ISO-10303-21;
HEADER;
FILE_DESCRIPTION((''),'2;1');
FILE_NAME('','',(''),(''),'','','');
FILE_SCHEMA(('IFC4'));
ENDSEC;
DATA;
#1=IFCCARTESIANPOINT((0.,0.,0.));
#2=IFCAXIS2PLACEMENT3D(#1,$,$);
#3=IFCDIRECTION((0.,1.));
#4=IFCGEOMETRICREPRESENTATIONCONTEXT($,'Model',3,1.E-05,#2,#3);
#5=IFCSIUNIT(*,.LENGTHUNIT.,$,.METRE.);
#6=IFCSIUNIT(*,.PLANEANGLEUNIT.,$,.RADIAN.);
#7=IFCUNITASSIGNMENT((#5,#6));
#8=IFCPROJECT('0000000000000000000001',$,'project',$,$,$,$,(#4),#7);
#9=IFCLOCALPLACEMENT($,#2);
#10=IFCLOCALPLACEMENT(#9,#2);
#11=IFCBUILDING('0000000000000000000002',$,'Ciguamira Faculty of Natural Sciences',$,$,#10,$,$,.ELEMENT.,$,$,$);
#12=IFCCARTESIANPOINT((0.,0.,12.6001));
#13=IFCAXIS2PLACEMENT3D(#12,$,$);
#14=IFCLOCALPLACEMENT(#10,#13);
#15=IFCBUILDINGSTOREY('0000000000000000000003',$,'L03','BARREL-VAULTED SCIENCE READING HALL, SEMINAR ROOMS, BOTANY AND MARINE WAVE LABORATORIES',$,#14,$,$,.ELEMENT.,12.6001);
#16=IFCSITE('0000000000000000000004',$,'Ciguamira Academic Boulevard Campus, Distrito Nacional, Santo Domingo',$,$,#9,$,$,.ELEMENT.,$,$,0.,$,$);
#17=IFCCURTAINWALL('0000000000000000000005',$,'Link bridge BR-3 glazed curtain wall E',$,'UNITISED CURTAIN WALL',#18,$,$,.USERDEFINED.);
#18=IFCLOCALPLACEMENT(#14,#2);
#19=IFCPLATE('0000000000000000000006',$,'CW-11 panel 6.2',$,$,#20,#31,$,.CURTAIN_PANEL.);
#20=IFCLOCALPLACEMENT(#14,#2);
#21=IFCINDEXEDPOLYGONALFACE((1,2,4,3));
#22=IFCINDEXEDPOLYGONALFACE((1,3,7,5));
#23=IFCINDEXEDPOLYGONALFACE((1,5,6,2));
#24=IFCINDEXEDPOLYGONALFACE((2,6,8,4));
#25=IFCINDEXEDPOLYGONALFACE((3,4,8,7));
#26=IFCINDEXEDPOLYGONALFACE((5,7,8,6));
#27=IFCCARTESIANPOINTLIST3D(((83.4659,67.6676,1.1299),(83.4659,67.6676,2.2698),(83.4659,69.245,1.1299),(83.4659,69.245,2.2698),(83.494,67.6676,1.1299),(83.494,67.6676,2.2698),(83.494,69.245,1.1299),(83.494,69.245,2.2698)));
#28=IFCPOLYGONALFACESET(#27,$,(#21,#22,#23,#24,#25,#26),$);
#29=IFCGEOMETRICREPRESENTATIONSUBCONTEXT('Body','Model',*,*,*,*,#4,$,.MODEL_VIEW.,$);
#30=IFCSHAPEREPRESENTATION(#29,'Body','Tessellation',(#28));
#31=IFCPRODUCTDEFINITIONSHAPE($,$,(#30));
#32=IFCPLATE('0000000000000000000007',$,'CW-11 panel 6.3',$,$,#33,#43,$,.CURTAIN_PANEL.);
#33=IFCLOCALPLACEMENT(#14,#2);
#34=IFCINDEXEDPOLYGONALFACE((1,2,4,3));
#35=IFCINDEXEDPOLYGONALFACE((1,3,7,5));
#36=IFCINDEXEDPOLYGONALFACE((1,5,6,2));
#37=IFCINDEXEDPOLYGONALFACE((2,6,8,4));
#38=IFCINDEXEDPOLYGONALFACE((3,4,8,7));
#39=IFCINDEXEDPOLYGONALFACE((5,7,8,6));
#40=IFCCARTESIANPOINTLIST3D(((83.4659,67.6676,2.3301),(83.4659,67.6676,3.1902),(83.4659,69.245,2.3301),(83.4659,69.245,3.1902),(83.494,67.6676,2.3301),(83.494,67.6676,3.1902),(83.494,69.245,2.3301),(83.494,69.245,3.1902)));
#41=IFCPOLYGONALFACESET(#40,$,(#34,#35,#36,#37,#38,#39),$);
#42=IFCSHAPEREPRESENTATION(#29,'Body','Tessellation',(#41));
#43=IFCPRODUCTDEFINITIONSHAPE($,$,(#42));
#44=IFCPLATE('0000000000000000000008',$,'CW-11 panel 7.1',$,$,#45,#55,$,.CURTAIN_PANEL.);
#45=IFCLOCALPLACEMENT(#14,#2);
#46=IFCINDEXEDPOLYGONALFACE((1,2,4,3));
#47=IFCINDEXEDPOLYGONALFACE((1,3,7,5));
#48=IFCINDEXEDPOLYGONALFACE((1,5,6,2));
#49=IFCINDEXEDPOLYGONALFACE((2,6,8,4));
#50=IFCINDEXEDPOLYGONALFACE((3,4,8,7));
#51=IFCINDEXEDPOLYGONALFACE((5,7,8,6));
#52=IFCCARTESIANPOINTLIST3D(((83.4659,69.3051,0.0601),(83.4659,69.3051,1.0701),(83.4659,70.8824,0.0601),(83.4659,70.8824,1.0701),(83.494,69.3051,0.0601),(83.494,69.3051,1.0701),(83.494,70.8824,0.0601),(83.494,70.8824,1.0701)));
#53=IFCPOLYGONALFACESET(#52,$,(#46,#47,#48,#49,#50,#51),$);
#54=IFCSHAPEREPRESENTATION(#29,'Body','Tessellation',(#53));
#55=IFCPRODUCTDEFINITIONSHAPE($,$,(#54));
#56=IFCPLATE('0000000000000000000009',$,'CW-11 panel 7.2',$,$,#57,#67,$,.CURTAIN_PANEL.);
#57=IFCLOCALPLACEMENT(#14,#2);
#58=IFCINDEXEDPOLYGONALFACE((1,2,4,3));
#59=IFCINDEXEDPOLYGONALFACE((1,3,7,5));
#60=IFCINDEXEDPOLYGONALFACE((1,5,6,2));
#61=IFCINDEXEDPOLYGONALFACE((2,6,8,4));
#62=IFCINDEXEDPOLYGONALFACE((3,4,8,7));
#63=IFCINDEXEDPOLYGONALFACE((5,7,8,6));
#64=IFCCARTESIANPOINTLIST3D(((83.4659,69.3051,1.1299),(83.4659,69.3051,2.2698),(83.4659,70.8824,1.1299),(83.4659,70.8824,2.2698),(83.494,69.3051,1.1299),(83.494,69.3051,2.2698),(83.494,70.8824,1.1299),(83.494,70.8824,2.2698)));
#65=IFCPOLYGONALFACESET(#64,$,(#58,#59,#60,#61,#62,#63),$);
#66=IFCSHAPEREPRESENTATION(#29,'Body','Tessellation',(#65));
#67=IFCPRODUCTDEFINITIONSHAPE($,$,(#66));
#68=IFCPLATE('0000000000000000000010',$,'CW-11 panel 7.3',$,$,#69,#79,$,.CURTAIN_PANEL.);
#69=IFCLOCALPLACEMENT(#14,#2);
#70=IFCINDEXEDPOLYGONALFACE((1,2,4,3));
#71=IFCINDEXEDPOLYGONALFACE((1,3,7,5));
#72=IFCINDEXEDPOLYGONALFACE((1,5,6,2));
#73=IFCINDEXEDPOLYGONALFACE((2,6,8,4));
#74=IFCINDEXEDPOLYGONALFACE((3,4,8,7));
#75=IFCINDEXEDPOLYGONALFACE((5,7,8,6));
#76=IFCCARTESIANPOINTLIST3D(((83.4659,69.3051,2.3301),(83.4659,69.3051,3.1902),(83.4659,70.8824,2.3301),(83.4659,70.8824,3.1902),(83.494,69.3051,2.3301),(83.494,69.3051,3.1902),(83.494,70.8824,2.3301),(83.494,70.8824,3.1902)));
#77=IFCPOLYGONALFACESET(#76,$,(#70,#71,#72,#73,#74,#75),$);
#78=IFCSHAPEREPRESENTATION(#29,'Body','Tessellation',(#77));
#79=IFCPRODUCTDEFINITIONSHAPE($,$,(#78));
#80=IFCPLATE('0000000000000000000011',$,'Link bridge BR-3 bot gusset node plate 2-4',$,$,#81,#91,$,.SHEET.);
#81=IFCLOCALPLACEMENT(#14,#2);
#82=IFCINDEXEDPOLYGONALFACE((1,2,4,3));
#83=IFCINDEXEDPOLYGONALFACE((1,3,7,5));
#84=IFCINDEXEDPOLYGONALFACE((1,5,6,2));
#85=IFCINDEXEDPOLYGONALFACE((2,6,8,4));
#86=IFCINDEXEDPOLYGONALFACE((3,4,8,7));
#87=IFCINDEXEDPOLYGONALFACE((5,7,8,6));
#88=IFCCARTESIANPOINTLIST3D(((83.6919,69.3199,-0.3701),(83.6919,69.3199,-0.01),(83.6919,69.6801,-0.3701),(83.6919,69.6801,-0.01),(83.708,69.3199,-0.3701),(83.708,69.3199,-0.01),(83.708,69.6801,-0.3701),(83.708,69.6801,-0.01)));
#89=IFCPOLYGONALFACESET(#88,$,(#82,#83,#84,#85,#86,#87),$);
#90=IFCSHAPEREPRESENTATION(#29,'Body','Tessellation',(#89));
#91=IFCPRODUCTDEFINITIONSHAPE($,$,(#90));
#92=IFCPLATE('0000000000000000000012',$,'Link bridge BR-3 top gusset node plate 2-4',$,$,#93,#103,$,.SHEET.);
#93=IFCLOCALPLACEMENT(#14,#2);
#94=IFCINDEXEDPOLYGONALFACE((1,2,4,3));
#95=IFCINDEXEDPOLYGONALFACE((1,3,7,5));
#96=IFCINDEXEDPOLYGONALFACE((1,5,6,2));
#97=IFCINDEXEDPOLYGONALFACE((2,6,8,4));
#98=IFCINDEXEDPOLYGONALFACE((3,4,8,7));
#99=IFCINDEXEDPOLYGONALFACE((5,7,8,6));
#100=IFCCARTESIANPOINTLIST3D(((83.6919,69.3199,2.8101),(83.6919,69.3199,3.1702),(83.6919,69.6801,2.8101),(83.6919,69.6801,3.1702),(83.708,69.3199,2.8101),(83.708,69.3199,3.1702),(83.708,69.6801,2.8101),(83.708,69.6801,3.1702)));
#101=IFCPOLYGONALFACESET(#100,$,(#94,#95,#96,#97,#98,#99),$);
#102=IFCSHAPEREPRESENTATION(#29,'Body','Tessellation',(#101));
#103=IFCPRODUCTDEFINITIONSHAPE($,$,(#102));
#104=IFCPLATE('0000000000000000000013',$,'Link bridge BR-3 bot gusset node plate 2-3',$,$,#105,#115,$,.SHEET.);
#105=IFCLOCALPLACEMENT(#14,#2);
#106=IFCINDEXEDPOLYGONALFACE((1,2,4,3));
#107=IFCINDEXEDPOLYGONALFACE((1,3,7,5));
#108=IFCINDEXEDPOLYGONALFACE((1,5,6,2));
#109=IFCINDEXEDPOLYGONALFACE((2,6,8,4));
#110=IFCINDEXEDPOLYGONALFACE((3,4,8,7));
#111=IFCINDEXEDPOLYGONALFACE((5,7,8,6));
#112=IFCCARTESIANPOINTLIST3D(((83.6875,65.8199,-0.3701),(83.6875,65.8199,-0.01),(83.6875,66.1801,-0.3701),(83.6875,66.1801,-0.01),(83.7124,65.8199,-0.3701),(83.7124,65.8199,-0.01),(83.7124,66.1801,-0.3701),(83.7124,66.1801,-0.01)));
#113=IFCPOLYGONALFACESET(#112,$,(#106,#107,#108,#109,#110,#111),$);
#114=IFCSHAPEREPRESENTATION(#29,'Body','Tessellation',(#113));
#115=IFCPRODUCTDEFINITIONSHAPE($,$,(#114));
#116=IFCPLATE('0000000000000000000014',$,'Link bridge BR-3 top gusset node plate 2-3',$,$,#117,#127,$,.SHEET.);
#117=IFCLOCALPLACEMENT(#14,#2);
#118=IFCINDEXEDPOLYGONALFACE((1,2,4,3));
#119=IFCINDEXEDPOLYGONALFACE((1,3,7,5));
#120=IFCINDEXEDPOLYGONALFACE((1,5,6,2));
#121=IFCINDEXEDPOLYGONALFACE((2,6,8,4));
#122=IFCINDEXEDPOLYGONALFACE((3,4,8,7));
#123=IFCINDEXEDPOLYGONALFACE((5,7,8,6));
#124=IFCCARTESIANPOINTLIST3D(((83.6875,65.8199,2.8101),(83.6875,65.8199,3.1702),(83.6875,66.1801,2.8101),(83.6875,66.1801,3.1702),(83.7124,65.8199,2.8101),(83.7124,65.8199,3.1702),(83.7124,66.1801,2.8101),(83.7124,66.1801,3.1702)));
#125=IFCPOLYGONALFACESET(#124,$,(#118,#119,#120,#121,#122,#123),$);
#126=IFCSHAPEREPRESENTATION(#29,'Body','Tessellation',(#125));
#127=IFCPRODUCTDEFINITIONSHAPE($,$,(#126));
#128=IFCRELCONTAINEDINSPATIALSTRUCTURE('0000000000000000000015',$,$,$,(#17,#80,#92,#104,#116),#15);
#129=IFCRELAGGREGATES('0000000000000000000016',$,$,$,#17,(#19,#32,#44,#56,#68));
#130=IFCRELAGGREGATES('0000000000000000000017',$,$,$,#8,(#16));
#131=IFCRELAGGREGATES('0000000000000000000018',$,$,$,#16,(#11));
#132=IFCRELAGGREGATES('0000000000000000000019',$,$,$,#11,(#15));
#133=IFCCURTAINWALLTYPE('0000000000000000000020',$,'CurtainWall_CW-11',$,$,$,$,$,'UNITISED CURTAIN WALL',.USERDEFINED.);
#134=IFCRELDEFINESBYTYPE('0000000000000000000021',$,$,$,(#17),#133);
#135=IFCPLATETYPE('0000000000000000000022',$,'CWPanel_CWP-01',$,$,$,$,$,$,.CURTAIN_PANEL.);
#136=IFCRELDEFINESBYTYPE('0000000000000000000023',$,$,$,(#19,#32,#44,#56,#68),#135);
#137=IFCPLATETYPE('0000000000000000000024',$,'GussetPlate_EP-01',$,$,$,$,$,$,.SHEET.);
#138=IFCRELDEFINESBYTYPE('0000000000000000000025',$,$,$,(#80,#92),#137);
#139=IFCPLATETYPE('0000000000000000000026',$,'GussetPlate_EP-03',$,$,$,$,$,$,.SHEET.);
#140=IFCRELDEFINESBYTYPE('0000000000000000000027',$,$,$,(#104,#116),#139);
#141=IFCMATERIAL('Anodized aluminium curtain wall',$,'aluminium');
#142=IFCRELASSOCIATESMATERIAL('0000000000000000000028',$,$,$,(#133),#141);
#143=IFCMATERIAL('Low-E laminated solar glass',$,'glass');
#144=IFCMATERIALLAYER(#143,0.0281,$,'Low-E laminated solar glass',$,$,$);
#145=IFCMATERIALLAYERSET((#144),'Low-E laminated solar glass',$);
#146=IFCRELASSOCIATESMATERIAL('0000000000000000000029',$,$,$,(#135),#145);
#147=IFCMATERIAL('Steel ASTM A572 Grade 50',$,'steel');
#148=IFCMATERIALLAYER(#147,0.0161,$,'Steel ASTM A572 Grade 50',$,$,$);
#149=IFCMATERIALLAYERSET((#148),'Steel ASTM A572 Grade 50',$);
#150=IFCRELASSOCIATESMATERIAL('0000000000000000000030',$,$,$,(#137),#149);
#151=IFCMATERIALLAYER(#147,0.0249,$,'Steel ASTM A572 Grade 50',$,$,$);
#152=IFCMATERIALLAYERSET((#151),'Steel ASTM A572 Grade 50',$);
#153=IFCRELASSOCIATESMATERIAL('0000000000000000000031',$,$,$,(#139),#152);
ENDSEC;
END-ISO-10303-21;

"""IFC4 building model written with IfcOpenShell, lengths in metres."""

from ifc_helpers import new_model, si_unit, direction, frame, origin, origin_2d, place, context, subcontext, project, spatial, rectangle, extrude, material, layer, layer_set, type_object, element, aggregate, save


model = new_model("IFC4")

# Units and contexts
model_context = context("Model", 3, precision=1e-05, world=origin(), true_north=direction((0.0, 1.0)))
body_context = subcontext(model_context, "Body", "Model", "MODEL_VIEW")
ifc_project = project(units=[si_unit("LENGTHUNIT", "METRE"), si_unit("PLANEANGLEUNIT", "RADIAN")], contexts=[model_context])

# Site, building, storey
site_placement = place(None, origin())
site = spatial("IfcSite", under=ifc_project, at=site_placement, Name="Ciguamira Academic Boulevard Campus, Distrito Nacional, Santo Domingo", CompositionType="ELEMENT", RefElevation=0.0)
building_placement = place(site_placement, origin())
building = spatial("IfcBuilding", under=site, at=building_placement, Name="Ciguamira Faculty of Natural Sciences", CompositionType="ELEMENT")
storey_placement = place(building_placement, frame((0.0, 0.0, 12.6001)))
storey = spatial("IfcBuildingStorey", under=building, at=storey_placement, Name="L03", Description="BARREL-VAULTED SCIENCE READING HALL, SEMINAR ROOMS, BOTANY AND MARINE WAVE LABORATORIES", CompositionType="ELEMENT", Elevation=12.6001)

# Curtain wall
ifc_material_1 = material(Name="Anodized aluminium curtain wall", Category="aluminium")
curtain_wall_type = type_object("IfcCurtainWallType", Name="CurtainWall_CW-11", ElementType="UNITISED CURTAIN WALL", PredefinedType="USERDEFINED", material=ifc_material_1)
curtain_wall_placement = place(storey_placement, origin())
curtain_wall = element("IfcCurtainWall", 1, at=curtain_wall_placement, inside=storey, type_object=curtain_wall_type, Name="Link bridge BR-3 glazed curtain wall E", ObjectType="UNITISED CURTAIN WALL", PredefinedType="USERDEFINED")

# Plates
ifc_material_2 = material(Name="Low-E laminated solar glass", Category="glass")
ifc_layer_1 = layer(ifc_material_2, 0.0281, Name="Low-E laminated solar glass")
ifc_layer_set_1 = layer_set([ifc_layer_1], Name="Low-E laminated solar glass")
plate_type_1 = type_object("IfcPlateType", Name="CWPanel_CWP-01", PredefinedType="CURTAIN_PANEL", material=ifc_layer_set_1)
plate_1_placement = place(storey_placement, frame((83.48, 68.4563, 1.1299), z_axis=(0.0, 0.0, 1.0), x_axis=(0.0, 1.0, 0.0)))
plate_1 = element("IfcPlate", 2, at=plate_1_placement, type_object=plate_type_1, Name="CW-11 panel 6.2", PredefinedType="CURTAIN_PANEL", context=body_context, shape_type="SweptSolid", body=[
    extrude(rectangle(XDim=1.5774, YDim=0.0281, at=origin_2d()), origin(), (0.0, 0.0, 1.0), 1.1399),
])
plate_2_placement = place(storey_placement, frame((83.48, 68.4563, 2.3301), z_axis=(0.0, 0.0, 1.0), x_axis=(0.0, 1.0, 0.0)))
plate_2 = element("IfcPlate", 3, at=plate_2_placement, type_object=plate_type_1, Name="CW-11 panel 6.3", PredefinedType="CURTAIN_PANEL", context=body_context, shape_type="SweptSolid", body=[
    extrude(rectangle(XDim=1.5774, YDim=0.0281, at=origin_2d()), origin(), (0.0, 0.0, 1.0), 0.8601),
])
plate_3_placement = place(storey_placement, frame((83.48, 70.0938, 0.0601), z_axis=(0.0, 0.0, 1.0), x_axis=(0.0, 1.0, 0.0)))
plate_3 = element("IfcPlate", 4, at=plate_3_placement, type_object=plate_type_1, Name="CW-11 panel 7.1", PredefinedType="CURTAIN_PANEL", context=body_context, shape_type="SweptSolid", body=[
    extrude(rectangle(XDim=1.5774, YDim=0.0281, at=origin_2d()), origin(), (0.0, 0.0, 1.0), 1.01),
])
plate_4_placement = place(storey_placement, frame((83.48, 70.0938, 1.1299), z_axis=(0.0, 0.0, 1.0), x_axis=(0.0, 1.0, 0.0)))
plate_4 = element("IfcPlate", 5, at=plate_4_placement, type_object=plate_type_1, Name="CW-11 panel 7.2", PredefinedType="CURTAIN_PANEL", context=body_context, shape_type="SweptSolid", body=[
    extrude(rectangle(XDim=1.5774, YDim=0.0281, at=origin_2d()), origin(), (0.0, 0.0, 1.0), 1.1399),
])
plate_5_placement = place(storey_placement, frame((83.48, 70.0938, 2.3301), z_axis=(0.0, 0.0, 1.0), x_axis=(0.0, 1.0, 0.0)))
plate_5 = element("IfcPlate", 6, at=plate_5_placement, type_object=plate_type_1, Name="CW-11 panel 7.3", PredefinedType="CURTAIN_PANEL", context=body_context, shape_type="SweptSolid", body=[
    extrude(rectangle(XDim=1.5774, YDim=0.0281, at=origin_2d()), origin(), (0.0, 0.0, 1.0), 0.8601),
])
aggregate(curtain_wall, [plate_1, plate_2, plate_3, plate_4, plate_5])

# Plates
ifc_material_3 = material(Name="Steel ASTM A572 Grade 50", Category="steel")
ifc_layer_2 = layer(ifc_material_3, 0.0161, Name="Steel ASTM A572 Grade 50")
ifc_layer_set_2 = layer_set([ifc_layer_2], Name="Steel ASTM A572 Grade 50")
plate_type_2 = type_object("IfcPlateType", Name="GussetPlate_EP-01", PredefinedType="SHEET", material=ifc_layer_set_2)
for number, where, z_axis, x_axis, name in (
    (7, (83.7, 69.5, -0.3701), (0.0, 0.0, 1.0), (1.0, 0.0, 0.0), "Link bridge BR-3 bot gusset node plate 2-4"),
    (8, (83.7, 69.5, 2.8101), (0.0, 0.0, 1.0), (1.0, 0.0, 0.0), "Link bridge BR-3 top gusset node plate 2-4"),
):
    element("IfcPlate", number, at=place(storey_placement, frame(where, z_axis=z_axis, x_axis=x_axis)), inside=storey, type_object=plate_type_2, Name=name, PredefinedType="SHEET", context=body_context, shape_type="SweptSolid", body=[
        extrude(rectangle(XDim=0.0161, YDim=0.3601, at=origin_2d()), origin(), (0.0, 0.0, 1.0), 0.3601),
    ])
ifc_layer_3 = layer(ifc_material_3, 0.0249, Name="Steel ASTM A572 Grade 50")
ifc_layer_set_3 = layer_set([ifc_layer_3], Name="Steel ASTM A572 Grade 50")
plate_type_3 = type_object("IfcPlateType", Name="GussetPlate_EP-03", PredefinedType="SHEET", material=ifc_layer_set_3)
for number, where, z_axis, x_axis, name in (
    (9, (83.7, 66.0, -0.3701), (0.0, 0.0, 1.0), (1.0, 0.0, 0.0), "Link bridge BR-3 bot gusset node plate 2-3"),
    (10, (83.7, 66.0, 2.8101), (0.0, 0.0, 1.0), (1.0, 0.0, 0.0), "Link bridge BR-3 top gusset node plate 2-3"),
):
    element("IfcPlate", number, at=place(storey_placement, frame(where, z_axis=z_axis, x_axis=x_axis)), inside=storey, type_object=plate_type_3, Name=name, PredefinedType="SHEET", context=body_context, shape_type="SweptSolid", body=[
        extrude(rectangle(XDim=0.0249, YDim=0.3601, at=origin_2d()), origin(), (0.0, 0.0, 1.0), 0.3601),
    ])

save(model, "model.ifc")
